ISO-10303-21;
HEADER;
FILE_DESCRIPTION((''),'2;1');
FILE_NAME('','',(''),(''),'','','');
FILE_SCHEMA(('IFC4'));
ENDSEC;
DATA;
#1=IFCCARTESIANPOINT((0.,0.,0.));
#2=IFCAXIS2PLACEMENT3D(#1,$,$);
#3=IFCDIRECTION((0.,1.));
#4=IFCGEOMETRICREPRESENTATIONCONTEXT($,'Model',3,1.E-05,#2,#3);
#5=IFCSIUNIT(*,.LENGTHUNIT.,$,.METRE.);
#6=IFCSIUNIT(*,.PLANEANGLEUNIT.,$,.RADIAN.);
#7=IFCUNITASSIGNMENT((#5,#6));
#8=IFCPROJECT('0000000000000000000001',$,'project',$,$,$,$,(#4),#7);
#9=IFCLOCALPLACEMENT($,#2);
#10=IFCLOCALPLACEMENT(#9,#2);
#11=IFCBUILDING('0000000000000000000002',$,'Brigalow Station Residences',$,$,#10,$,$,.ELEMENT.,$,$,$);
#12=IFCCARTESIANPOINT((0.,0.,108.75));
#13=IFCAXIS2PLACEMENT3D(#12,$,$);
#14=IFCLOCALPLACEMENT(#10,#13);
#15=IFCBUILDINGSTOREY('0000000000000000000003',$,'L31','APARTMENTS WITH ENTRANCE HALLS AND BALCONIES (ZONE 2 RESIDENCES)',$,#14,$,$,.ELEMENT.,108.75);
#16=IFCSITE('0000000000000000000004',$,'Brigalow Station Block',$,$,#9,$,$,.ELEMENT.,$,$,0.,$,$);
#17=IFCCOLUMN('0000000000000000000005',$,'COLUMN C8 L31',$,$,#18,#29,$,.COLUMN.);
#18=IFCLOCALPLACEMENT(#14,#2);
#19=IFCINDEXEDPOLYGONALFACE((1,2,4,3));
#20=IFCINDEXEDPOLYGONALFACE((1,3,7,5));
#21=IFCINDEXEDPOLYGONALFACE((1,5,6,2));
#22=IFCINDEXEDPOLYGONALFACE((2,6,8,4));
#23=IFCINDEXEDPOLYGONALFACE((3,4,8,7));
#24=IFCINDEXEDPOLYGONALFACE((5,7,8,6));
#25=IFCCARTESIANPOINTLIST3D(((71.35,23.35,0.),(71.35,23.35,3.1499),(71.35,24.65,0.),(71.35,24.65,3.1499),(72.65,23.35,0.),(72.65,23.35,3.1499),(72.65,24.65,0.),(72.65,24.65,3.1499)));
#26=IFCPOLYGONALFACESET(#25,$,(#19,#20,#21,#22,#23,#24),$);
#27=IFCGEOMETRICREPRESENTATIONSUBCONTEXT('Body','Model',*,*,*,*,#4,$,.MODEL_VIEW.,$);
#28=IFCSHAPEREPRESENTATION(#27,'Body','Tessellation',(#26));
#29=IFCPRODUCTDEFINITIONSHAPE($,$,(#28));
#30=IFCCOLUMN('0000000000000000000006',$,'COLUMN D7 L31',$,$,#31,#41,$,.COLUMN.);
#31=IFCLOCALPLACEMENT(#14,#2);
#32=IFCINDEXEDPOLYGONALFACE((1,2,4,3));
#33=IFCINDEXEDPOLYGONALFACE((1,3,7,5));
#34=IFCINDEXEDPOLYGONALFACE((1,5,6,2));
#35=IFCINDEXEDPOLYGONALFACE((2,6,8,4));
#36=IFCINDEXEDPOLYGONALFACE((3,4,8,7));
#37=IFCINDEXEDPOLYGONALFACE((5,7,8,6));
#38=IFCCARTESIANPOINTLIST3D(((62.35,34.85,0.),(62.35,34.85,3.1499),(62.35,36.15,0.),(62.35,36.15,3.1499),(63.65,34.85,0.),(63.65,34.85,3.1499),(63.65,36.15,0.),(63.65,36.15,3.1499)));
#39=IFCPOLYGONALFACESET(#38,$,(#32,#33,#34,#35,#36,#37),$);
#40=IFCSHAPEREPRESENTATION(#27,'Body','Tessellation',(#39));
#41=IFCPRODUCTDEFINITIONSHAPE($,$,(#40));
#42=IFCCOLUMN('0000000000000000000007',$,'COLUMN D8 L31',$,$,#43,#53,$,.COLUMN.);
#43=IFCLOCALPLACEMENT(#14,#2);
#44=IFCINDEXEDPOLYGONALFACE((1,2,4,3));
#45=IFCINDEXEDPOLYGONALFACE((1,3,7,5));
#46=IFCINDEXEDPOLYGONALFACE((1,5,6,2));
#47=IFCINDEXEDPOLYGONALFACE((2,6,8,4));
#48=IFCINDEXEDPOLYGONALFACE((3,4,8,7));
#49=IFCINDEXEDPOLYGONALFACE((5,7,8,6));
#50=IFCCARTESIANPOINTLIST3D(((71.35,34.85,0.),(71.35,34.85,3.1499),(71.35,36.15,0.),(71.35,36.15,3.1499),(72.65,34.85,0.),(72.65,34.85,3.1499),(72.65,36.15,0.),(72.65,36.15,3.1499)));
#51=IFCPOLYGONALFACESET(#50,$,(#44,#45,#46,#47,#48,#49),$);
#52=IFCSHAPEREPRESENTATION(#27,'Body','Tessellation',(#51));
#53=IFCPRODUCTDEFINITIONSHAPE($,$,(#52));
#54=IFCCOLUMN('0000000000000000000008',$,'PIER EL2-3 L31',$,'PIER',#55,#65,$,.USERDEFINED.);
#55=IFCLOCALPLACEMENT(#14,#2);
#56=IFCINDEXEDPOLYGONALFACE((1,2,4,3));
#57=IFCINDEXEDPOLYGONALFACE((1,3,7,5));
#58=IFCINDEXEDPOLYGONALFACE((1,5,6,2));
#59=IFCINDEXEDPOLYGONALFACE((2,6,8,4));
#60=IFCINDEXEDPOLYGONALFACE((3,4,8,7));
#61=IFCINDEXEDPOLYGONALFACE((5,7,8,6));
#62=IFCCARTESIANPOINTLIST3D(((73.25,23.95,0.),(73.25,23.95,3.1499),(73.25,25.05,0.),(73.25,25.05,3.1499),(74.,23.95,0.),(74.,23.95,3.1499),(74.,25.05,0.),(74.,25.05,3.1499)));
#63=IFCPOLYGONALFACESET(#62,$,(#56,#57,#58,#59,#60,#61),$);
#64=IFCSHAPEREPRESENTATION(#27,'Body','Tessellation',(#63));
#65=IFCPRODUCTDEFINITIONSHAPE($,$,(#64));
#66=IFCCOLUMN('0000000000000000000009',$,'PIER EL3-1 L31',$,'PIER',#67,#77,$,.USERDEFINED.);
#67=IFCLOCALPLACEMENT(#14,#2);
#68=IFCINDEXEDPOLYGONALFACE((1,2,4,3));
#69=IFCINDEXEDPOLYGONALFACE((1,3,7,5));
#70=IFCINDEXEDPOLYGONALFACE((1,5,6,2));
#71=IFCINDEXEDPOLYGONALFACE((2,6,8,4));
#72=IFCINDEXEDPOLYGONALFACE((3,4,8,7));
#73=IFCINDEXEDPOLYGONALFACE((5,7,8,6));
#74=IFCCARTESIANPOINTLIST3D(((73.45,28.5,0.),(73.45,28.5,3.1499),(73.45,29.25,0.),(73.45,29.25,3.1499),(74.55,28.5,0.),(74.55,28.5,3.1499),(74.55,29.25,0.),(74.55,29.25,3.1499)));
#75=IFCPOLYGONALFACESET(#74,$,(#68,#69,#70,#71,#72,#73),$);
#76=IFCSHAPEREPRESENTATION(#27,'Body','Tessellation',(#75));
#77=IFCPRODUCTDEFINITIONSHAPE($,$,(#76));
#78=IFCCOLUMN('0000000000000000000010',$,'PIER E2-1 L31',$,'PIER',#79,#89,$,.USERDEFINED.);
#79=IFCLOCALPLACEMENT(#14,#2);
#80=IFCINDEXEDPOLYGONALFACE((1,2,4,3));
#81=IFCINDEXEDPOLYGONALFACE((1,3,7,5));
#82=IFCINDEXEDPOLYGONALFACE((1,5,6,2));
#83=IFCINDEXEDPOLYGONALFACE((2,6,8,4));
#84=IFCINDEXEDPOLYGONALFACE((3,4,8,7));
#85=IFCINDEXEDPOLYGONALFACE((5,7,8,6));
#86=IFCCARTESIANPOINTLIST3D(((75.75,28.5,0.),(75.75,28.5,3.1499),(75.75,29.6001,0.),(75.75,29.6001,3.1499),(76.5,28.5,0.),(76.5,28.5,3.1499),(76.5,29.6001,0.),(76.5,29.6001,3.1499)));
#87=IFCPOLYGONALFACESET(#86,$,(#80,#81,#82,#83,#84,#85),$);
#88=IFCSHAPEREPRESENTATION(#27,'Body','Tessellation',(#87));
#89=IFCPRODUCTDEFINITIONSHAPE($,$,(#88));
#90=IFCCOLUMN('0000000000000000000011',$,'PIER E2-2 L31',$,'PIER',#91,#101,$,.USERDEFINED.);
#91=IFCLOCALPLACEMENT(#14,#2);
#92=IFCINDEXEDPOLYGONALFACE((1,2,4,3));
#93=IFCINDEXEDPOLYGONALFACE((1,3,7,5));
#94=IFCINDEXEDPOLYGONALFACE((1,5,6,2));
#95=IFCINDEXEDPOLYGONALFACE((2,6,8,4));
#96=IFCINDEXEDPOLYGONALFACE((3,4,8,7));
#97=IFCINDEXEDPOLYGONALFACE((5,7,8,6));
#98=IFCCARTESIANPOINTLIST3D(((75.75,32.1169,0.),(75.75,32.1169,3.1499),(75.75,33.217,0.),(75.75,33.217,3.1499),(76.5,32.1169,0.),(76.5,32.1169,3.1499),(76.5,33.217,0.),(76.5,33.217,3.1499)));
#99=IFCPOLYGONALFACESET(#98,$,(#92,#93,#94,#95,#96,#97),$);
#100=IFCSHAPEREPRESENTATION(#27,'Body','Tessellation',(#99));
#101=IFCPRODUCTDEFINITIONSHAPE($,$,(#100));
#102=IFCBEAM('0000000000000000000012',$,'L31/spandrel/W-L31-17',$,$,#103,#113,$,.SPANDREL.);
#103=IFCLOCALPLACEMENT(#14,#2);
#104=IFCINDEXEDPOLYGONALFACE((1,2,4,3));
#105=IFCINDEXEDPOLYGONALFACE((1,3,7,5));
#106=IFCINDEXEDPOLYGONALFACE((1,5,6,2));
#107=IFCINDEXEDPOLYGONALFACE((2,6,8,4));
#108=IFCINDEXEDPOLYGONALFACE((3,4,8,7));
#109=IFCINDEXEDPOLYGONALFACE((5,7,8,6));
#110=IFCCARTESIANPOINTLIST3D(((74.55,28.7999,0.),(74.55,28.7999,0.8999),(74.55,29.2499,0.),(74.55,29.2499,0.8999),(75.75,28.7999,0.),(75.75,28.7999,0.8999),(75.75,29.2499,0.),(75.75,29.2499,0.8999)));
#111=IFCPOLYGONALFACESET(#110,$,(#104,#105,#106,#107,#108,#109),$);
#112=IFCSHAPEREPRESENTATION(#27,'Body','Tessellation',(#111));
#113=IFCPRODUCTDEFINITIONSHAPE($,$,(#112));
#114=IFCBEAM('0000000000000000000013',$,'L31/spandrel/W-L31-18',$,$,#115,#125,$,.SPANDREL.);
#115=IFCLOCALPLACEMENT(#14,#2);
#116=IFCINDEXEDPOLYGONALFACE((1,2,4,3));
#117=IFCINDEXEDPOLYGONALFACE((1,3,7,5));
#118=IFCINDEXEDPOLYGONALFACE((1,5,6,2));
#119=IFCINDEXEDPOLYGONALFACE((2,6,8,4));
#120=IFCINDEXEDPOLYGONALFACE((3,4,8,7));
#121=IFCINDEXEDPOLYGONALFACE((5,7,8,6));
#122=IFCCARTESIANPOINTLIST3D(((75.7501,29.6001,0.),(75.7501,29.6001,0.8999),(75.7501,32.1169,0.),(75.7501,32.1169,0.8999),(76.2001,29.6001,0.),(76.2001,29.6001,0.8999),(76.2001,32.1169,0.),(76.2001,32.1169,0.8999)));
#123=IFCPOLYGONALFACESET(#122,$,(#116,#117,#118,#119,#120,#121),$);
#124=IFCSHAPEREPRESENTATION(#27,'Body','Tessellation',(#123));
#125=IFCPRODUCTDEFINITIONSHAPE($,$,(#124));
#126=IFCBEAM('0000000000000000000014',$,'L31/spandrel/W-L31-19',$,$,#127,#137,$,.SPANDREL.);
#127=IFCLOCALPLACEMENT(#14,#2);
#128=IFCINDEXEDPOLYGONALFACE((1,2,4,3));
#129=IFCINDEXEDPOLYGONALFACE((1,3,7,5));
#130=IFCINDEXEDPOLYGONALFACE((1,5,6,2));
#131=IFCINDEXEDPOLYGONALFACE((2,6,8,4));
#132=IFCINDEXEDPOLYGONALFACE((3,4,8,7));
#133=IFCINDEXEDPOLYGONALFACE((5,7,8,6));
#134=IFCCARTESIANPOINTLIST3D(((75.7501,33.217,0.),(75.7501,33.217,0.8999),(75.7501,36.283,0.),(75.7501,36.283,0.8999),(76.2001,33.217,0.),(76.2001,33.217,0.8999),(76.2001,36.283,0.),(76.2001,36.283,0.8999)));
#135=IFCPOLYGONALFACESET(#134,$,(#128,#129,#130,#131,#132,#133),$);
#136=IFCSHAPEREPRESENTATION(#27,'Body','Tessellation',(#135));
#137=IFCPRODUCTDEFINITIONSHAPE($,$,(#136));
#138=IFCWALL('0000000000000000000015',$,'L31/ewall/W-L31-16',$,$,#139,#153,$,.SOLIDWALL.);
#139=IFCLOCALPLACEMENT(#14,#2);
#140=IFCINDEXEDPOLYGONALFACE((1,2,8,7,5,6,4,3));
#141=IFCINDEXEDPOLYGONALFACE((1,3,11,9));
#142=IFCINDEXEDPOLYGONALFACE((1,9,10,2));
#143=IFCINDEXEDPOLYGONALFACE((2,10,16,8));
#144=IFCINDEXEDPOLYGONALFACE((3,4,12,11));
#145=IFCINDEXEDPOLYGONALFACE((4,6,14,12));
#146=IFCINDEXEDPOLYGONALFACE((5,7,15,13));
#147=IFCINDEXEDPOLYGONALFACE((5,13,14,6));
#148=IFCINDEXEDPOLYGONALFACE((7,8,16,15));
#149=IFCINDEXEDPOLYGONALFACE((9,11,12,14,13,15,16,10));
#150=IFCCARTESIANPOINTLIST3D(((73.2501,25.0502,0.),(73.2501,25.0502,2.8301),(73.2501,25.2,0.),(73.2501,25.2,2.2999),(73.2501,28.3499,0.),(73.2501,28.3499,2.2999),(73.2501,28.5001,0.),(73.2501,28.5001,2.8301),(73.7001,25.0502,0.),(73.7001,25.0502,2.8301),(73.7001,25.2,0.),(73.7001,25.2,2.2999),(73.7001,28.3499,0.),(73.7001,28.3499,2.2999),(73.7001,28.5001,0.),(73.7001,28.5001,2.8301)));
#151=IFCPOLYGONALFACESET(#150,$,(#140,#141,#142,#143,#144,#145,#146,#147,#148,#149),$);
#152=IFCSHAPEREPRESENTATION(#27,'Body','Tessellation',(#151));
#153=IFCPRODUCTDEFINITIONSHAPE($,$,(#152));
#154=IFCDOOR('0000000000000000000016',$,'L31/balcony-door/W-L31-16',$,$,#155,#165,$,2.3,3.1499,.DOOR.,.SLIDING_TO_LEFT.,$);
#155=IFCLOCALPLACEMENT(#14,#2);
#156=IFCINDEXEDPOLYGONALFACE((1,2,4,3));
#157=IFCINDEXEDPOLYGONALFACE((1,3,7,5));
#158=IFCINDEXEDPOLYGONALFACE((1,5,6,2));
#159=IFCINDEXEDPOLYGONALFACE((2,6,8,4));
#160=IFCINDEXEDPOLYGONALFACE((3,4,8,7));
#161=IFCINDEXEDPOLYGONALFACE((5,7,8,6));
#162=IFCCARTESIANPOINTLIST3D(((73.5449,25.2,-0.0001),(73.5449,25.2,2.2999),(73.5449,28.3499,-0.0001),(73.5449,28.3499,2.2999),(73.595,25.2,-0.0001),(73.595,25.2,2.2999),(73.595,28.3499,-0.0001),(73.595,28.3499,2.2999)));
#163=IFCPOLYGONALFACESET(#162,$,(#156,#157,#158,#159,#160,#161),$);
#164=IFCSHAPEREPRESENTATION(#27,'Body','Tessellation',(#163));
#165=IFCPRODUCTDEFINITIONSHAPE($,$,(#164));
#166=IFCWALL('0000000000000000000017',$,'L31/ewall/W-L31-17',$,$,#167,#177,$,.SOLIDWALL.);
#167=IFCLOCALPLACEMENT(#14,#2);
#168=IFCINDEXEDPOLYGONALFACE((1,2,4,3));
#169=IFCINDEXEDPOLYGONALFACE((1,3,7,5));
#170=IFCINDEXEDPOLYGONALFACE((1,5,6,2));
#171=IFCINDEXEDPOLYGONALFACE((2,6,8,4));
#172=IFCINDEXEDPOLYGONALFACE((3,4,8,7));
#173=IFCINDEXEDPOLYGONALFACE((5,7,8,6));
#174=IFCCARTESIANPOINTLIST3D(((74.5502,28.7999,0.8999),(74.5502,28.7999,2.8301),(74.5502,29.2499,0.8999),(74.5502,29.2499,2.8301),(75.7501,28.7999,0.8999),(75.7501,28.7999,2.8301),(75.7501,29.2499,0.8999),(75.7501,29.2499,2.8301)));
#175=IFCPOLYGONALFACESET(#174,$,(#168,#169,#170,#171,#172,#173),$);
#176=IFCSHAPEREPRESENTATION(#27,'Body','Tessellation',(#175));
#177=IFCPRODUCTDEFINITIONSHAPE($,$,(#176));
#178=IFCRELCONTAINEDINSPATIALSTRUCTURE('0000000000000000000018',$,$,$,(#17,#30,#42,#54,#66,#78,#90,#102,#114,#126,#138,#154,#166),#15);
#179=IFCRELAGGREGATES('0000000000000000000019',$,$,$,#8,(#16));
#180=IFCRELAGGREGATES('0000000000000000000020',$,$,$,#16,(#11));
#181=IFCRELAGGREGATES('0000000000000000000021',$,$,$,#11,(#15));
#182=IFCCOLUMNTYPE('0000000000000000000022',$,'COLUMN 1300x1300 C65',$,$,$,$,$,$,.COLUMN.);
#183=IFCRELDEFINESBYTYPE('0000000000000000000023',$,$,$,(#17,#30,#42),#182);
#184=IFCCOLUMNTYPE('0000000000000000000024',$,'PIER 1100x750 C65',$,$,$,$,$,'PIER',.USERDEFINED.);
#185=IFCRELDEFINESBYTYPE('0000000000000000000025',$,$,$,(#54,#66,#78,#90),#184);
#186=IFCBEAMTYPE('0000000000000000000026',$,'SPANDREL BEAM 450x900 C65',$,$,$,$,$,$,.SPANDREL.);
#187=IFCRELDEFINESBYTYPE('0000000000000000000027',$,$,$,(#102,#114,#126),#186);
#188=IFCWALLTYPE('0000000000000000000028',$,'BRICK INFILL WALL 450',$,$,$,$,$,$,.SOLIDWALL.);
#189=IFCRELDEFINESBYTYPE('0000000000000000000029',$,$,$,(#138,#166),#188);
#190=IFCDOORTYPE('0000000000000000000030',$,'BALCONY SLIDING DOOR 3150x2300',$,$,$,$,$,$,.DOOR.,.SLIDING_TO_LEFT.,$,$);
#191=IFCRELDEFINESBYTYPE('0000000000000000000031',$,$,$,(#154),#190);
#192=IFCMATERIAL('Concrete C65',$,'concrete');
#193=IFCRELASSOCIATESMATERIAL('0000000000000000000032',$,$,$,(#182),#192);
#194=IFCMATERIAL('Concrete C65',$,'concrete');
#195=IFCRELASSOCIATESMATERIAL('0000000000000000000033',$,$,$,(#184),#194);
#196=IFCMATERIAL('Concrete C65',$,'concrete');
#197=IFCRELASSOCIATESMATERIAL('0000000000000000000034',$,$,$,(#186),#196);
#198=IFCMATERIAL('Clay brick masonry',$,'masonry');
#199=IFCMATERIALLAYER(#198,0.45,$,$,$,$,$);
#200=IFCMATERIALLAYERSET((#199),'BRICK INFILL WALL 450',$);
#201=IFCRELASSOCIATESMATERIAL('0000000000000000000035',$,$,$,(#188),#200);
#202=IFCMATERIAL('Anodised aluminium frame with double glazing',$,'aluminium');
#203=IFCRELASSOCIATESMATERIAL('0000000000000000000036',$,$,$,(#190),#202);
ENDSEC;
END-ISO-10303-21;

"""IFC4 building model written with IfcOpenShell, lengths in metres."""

from ifc_helpers import new_model, si_unit, direction, frame, frame_2d, origin, origin_2d, place, context, subcontext, project, spatial, rectangle, extrude, material, layer, layer_set, material_profile, profile_set, type_object, element, fill, save


model = new_model("IFC4")

# Units and contexts
model_context = context("Model", 3, precision=1e-05, world=origin(), true_north=direction((0.0, 1.0)))
body_context = subcontext(model_context, "Body", "Model", "MODEL_VIEW")
ifc_project = project(units=[si_unit("LENGTHUNIT", "METRE"), si_unit("PLANEANGLEUNIT", "RADIAN")], contexts=[model_context])

# Site, building, storey
site_placement = place(None, origin())
site = spatial("IfcSite", under=ifc_project, at=site_placement, Name="Brigalow Station Block", CompositionType="ELEMENT", RefElevation=0.0)
building_placement = place(site_placement, origin())
building = spatial("IfcBuilding", under=site, at=building_placement, Name="Brigalow Station Residences", CompositionType="ELEMENT")
storey_placement = place(building_placement, frame((0.0, 0.0, 108.75)))
storey = spatial("IfcBuildingStorey", under=building, at=storey_placement, Name="L31", Description="APARTMENTS WITH ENTRANCE HALLS AND BALCONIES (ZONE 2 RESIDENCES)", CompositionType="ELEMENT", Elevation=108.75)

# Columns
ifc_material_1 = material(Name="Concrete C65", Category="concrete")
ifc_material_profile_1 = material_profile(ifc_material_1, rectangle(XDim=1.3, YDim=1.3, at=origin_2d()), Name="RC1300x1300")
ifc_profile_set_1 = profile_set([ifc_material_profile_1], Name="Concrete C65")
column_type_1 = type_object("IfcColumnType", Name="COLUMN 1300x1300 C65", PredefinedType="COLUMN", material=ifc_profile_set_1)
for number, where, z_axis, x_axis, name in (
    (1, (72.0, 24.0, 0.0), (0.0, 0.0, 1.0), (1.0, 0.0, 0.0), "COLUMN C8 L31"),
    (2, (63.0, 35.5, 0.0), (0.0, 0.0, 1.0), (1.0, 0.0, 0.0), "COLUMN D7 L31"),
    (3, (72.0, 35.5, 0.0), (0.0, 0.0, 1.0), (1.0, 0.0, 0.0), "COLUMN D8 L31"),
):
    element("IfcColumn", number, at=place(storey_placement, frame(where, z_axis=z_axis, x_axis=x_axis)), inside=storey, type_object=column_type_1, Name=name, PredefinedType="COLUMN", context=body_context, shape_type="SweptSolid", body=[
        extrude(rectangle(XDim=1.3, YDim=1.3, at=origin_2d()), origin(), (0.0, 0.0, 1.0), 3.1499),
    ])
ifc_material_2 = material(Name="Concrete C65", Category="concrete")
ifc_material_profile_2 = material_profile(ifc_material_2, rectangle(XDim=1.1001, YDim=0.75, at=origin_2d()), Name="RC1100x750")
ifc_profile_set_2 = profile_set([ifc_material_profile_2], Name="Concrete C65")
column_type_2 = type_object("IfcColumnType", Name="PIER 1100x750 C65", ElementType="PIER", PredefinedType="USERDEFINED", material=ifc_profile_set_2)
for number, where, z_axis, x_axis, name in (
    (4, (73.625, 24.5, 0.0), (0.0, 0.0, 1.0), (0.0, 1.0, 0.0), "PIER EL2-3 L31"),
    (5, (74.0, 28.875, 0.0), (0.0, 0.0, 1.0), (1.0, 0.0, 0.0), "PIER EL3-1 L31"),
    (6, (76.125, 29.05, 0.0), (0.0, 0.0, 1.0), (0.0, 1.0, 0.0), "PIER E2-1 L31"),
    (7, (76.125, 32.667, 0.0), (0.0, 0.0, 1.0), (0.0, 1.0, 0.0), "PIER E2-2 L31"),
):
    element("IfcColumn", number, at=place(storey_placement, frame(where, z_axis=z_axis, x_axis=x_axis)), inside=storey, type_object=column_type_2, Name=name, ObjectType="PIER", PredefinedType="USERDEFINED", context=body_context, shape_type="SweptSolid", body=[
        extrude(rectangle(XDim=1.1001, YDim=0.75, at=origin_2d()), origin(), (0.0, 0.0, 1.0), 3.1499),
    ])

# Beams
ifc_material_3 = material(Name="Concrete C65", Category="concrete")
ifc_material_profile_3 = material_profile(ifc_material_3, rectangle(XDim=0.45, YDim=0.8999, at=origin_2d()), Name="RC450x900")
ifc_profile_set_3 = profile_set([ifc_material_profile_3], Name="Concrete C65")
beam_type = type_object("IfcBeamType", Name="SPANDREL BEAM 450x900 C65", PredefinedType="SPANDREL", material=ifc_profile_set_3)
beam_1_placement = place(storey_placement, frame((74.55, 29.0249, 0.45), z_axis=(1.0, 0.0, 0.0), x_axis=(0.0, 1.0, 0.0)))
element("IfcBeam", 8, at=beam_1_placement, inside=storey, type_object=beam_type, Name="L31/spandrel/W-L31-17", PredefinedType="SPANDREL", context=body_context, shape_type="SweptSolid", body=[
    extrude(rectangle(XDim=0.45, YDim=0.8999, at=origin_2d()), origin(), (0.0, 0.0, 1.0), 1.2),
])
beam_2_placement = place(storey_placement, frame((75.9751, 29.6001, 0.45), z_axis=(0.0, 1.0, 0.0), x_axis=(-1.0, 0.0, 0.0)))
element("IfcBeam", 9, at=beam_2_placement, inside=storey, type_object=beam_type, Name="L31/spandrel/W-L31-18", PredefinedType="SPANDREL", context=body_context, shape_type="SweptSolid", body=[
    extrude(rectangle(XDim=0.45, YDim=0.8999, at=origin_2d()), origin(), (0.0, 0.0, 1.0), 2.5168),
])
beam_3_placement = place(storey_placement, frame((75.9751, 33.217, 0.45), z_axis=(0.0, 1.0, 0.0), x_axis=(-1.0, 0.0, 0.0)))
element("IfcBeam", 10, at=beam_3_placement, inside=storey, type_object=beam_type, Name="L31/spandrel/W-L31-19", PredefinedType="SPANDREL", context=body_context, shape_type="SweptSolid", body=[
    extrude(rectangle(XDim=0.45, YDim=0.8999, at=origin_2d()), origin(), (0.0, 0.0, 1.0), 3.0659),
])

# Wall, opening, door
ifc_material_4 = material(Name="Clay brick masonry", Category="masonry")
ifc_layer_1 = layer(ifc_material_4, 0.45)
ifc_layer_set_1 = layer_set([ifc_layer_1], Name="BRICK INFILL WALL 450")
wall_type_1 = type_object("IfcWallType", Name="BRICK INFILL WALL 450", PredefinedType="SOLIDWALL", material=ifc_layer_set_1)
wall_1_placement = place(storey_placement, frame((73.4751, 25.05, 0.0), z_axis=(0.0, 0.0, 1.0), x_axis=(0.0, 1.0, 0.0)))
wall_1 = element("IfcWall", 11, at=wall_1_placement, inside=storey, type_object=wall_type_1, Name="L31/ewall/W-L31-16", PredefinedType="SOLIDWALL", context=body_context, shape_type="SweptSolid", body=[
    extrude(rectangle(XDim=3.45, YDim=0.45, at=frame_2d((1.7251, 0.0))), origin(), (0.0, 0.0, 1.0), 2.8301),
])
opening_1_placement = place(wall_1_placement, frame((0.1499, 0.0, 0.0)))
opening_1 = element("IfcOpeningElement", 12, at=opening_1_placement, cuts=wall_1, PredefinedType="OPENING", context=body_context, shape_type="SweptSolid", body=[
    extrude(rectangle(XDim=3.1499, YDim=2.3, at=frame_2d((1.575, 1.1499))), frame((0.0, 0.2349, 0.0), z_axis=(0.0, -1.0, 0.0), x_axis=(1.0, 0.0, 0.0)), (0.0, 0.0, 1.0), 0.47),
])
ifc_material_5 = material(Name="Anodised aluminium frame with double glazing", Category="aluminium")
door_type_1 = type_object("IfcDoorType", Name="BALCONY SLIDING DOOR 3150x2300", OperationType="SLIDING_TO_LEFT", PredefinedType="DOOR", material=ifc_material_5)
door_1_placement = place(opening_1_placement, origin())
door_1 = element("IfcDoor", 13, at=door_1_placement, inside=storey, type_object=door_type_1, Name="L31/balcony-door/W-L31-16", OperationType="SLIDING_TO_LEFT", OverallHeight=2.3, OverallWidth=3.1499, PredefinedType="DOOR", context=body_context, shape_type="SweptSolid", body=[
    extrude(rectangle(XDim=3.1499, YDim=2.3, at=frame_2d((1.575, 1.1499))), frame((0.0, -0.0698, 0.0), z_axis=(0.0, -1.0, 0.0), x_axis=(1.0, 0.0, 0.0)), (0.0, 0.0, 1.0), 0.05),
])
fill(opening_1, door_1)

# Wall
wall_2_placement = place(storey_placement, frame((74.55, 29.0249, 0.8999), z_axis=(0.0, 0.0, 1.0), x_axis=(1.0, 0.0, 0.0)))
element("IfcWall", 14, at=wall_2_placement, inside=storey, type_object=wall_type_1, Name="L31/ewall/W-L31-17", PredefinedType="SOLIDWALL", context=body_context, shape_type="SweptSolid", body=[
    extrude(rectangle(XDim=1.2, YDim=0.45, at=frame_2d((0.6001, 0.0))), origin(), (0.0, 0.0, 1.0), 1.9302),
])

save(model, "model.ifc")
